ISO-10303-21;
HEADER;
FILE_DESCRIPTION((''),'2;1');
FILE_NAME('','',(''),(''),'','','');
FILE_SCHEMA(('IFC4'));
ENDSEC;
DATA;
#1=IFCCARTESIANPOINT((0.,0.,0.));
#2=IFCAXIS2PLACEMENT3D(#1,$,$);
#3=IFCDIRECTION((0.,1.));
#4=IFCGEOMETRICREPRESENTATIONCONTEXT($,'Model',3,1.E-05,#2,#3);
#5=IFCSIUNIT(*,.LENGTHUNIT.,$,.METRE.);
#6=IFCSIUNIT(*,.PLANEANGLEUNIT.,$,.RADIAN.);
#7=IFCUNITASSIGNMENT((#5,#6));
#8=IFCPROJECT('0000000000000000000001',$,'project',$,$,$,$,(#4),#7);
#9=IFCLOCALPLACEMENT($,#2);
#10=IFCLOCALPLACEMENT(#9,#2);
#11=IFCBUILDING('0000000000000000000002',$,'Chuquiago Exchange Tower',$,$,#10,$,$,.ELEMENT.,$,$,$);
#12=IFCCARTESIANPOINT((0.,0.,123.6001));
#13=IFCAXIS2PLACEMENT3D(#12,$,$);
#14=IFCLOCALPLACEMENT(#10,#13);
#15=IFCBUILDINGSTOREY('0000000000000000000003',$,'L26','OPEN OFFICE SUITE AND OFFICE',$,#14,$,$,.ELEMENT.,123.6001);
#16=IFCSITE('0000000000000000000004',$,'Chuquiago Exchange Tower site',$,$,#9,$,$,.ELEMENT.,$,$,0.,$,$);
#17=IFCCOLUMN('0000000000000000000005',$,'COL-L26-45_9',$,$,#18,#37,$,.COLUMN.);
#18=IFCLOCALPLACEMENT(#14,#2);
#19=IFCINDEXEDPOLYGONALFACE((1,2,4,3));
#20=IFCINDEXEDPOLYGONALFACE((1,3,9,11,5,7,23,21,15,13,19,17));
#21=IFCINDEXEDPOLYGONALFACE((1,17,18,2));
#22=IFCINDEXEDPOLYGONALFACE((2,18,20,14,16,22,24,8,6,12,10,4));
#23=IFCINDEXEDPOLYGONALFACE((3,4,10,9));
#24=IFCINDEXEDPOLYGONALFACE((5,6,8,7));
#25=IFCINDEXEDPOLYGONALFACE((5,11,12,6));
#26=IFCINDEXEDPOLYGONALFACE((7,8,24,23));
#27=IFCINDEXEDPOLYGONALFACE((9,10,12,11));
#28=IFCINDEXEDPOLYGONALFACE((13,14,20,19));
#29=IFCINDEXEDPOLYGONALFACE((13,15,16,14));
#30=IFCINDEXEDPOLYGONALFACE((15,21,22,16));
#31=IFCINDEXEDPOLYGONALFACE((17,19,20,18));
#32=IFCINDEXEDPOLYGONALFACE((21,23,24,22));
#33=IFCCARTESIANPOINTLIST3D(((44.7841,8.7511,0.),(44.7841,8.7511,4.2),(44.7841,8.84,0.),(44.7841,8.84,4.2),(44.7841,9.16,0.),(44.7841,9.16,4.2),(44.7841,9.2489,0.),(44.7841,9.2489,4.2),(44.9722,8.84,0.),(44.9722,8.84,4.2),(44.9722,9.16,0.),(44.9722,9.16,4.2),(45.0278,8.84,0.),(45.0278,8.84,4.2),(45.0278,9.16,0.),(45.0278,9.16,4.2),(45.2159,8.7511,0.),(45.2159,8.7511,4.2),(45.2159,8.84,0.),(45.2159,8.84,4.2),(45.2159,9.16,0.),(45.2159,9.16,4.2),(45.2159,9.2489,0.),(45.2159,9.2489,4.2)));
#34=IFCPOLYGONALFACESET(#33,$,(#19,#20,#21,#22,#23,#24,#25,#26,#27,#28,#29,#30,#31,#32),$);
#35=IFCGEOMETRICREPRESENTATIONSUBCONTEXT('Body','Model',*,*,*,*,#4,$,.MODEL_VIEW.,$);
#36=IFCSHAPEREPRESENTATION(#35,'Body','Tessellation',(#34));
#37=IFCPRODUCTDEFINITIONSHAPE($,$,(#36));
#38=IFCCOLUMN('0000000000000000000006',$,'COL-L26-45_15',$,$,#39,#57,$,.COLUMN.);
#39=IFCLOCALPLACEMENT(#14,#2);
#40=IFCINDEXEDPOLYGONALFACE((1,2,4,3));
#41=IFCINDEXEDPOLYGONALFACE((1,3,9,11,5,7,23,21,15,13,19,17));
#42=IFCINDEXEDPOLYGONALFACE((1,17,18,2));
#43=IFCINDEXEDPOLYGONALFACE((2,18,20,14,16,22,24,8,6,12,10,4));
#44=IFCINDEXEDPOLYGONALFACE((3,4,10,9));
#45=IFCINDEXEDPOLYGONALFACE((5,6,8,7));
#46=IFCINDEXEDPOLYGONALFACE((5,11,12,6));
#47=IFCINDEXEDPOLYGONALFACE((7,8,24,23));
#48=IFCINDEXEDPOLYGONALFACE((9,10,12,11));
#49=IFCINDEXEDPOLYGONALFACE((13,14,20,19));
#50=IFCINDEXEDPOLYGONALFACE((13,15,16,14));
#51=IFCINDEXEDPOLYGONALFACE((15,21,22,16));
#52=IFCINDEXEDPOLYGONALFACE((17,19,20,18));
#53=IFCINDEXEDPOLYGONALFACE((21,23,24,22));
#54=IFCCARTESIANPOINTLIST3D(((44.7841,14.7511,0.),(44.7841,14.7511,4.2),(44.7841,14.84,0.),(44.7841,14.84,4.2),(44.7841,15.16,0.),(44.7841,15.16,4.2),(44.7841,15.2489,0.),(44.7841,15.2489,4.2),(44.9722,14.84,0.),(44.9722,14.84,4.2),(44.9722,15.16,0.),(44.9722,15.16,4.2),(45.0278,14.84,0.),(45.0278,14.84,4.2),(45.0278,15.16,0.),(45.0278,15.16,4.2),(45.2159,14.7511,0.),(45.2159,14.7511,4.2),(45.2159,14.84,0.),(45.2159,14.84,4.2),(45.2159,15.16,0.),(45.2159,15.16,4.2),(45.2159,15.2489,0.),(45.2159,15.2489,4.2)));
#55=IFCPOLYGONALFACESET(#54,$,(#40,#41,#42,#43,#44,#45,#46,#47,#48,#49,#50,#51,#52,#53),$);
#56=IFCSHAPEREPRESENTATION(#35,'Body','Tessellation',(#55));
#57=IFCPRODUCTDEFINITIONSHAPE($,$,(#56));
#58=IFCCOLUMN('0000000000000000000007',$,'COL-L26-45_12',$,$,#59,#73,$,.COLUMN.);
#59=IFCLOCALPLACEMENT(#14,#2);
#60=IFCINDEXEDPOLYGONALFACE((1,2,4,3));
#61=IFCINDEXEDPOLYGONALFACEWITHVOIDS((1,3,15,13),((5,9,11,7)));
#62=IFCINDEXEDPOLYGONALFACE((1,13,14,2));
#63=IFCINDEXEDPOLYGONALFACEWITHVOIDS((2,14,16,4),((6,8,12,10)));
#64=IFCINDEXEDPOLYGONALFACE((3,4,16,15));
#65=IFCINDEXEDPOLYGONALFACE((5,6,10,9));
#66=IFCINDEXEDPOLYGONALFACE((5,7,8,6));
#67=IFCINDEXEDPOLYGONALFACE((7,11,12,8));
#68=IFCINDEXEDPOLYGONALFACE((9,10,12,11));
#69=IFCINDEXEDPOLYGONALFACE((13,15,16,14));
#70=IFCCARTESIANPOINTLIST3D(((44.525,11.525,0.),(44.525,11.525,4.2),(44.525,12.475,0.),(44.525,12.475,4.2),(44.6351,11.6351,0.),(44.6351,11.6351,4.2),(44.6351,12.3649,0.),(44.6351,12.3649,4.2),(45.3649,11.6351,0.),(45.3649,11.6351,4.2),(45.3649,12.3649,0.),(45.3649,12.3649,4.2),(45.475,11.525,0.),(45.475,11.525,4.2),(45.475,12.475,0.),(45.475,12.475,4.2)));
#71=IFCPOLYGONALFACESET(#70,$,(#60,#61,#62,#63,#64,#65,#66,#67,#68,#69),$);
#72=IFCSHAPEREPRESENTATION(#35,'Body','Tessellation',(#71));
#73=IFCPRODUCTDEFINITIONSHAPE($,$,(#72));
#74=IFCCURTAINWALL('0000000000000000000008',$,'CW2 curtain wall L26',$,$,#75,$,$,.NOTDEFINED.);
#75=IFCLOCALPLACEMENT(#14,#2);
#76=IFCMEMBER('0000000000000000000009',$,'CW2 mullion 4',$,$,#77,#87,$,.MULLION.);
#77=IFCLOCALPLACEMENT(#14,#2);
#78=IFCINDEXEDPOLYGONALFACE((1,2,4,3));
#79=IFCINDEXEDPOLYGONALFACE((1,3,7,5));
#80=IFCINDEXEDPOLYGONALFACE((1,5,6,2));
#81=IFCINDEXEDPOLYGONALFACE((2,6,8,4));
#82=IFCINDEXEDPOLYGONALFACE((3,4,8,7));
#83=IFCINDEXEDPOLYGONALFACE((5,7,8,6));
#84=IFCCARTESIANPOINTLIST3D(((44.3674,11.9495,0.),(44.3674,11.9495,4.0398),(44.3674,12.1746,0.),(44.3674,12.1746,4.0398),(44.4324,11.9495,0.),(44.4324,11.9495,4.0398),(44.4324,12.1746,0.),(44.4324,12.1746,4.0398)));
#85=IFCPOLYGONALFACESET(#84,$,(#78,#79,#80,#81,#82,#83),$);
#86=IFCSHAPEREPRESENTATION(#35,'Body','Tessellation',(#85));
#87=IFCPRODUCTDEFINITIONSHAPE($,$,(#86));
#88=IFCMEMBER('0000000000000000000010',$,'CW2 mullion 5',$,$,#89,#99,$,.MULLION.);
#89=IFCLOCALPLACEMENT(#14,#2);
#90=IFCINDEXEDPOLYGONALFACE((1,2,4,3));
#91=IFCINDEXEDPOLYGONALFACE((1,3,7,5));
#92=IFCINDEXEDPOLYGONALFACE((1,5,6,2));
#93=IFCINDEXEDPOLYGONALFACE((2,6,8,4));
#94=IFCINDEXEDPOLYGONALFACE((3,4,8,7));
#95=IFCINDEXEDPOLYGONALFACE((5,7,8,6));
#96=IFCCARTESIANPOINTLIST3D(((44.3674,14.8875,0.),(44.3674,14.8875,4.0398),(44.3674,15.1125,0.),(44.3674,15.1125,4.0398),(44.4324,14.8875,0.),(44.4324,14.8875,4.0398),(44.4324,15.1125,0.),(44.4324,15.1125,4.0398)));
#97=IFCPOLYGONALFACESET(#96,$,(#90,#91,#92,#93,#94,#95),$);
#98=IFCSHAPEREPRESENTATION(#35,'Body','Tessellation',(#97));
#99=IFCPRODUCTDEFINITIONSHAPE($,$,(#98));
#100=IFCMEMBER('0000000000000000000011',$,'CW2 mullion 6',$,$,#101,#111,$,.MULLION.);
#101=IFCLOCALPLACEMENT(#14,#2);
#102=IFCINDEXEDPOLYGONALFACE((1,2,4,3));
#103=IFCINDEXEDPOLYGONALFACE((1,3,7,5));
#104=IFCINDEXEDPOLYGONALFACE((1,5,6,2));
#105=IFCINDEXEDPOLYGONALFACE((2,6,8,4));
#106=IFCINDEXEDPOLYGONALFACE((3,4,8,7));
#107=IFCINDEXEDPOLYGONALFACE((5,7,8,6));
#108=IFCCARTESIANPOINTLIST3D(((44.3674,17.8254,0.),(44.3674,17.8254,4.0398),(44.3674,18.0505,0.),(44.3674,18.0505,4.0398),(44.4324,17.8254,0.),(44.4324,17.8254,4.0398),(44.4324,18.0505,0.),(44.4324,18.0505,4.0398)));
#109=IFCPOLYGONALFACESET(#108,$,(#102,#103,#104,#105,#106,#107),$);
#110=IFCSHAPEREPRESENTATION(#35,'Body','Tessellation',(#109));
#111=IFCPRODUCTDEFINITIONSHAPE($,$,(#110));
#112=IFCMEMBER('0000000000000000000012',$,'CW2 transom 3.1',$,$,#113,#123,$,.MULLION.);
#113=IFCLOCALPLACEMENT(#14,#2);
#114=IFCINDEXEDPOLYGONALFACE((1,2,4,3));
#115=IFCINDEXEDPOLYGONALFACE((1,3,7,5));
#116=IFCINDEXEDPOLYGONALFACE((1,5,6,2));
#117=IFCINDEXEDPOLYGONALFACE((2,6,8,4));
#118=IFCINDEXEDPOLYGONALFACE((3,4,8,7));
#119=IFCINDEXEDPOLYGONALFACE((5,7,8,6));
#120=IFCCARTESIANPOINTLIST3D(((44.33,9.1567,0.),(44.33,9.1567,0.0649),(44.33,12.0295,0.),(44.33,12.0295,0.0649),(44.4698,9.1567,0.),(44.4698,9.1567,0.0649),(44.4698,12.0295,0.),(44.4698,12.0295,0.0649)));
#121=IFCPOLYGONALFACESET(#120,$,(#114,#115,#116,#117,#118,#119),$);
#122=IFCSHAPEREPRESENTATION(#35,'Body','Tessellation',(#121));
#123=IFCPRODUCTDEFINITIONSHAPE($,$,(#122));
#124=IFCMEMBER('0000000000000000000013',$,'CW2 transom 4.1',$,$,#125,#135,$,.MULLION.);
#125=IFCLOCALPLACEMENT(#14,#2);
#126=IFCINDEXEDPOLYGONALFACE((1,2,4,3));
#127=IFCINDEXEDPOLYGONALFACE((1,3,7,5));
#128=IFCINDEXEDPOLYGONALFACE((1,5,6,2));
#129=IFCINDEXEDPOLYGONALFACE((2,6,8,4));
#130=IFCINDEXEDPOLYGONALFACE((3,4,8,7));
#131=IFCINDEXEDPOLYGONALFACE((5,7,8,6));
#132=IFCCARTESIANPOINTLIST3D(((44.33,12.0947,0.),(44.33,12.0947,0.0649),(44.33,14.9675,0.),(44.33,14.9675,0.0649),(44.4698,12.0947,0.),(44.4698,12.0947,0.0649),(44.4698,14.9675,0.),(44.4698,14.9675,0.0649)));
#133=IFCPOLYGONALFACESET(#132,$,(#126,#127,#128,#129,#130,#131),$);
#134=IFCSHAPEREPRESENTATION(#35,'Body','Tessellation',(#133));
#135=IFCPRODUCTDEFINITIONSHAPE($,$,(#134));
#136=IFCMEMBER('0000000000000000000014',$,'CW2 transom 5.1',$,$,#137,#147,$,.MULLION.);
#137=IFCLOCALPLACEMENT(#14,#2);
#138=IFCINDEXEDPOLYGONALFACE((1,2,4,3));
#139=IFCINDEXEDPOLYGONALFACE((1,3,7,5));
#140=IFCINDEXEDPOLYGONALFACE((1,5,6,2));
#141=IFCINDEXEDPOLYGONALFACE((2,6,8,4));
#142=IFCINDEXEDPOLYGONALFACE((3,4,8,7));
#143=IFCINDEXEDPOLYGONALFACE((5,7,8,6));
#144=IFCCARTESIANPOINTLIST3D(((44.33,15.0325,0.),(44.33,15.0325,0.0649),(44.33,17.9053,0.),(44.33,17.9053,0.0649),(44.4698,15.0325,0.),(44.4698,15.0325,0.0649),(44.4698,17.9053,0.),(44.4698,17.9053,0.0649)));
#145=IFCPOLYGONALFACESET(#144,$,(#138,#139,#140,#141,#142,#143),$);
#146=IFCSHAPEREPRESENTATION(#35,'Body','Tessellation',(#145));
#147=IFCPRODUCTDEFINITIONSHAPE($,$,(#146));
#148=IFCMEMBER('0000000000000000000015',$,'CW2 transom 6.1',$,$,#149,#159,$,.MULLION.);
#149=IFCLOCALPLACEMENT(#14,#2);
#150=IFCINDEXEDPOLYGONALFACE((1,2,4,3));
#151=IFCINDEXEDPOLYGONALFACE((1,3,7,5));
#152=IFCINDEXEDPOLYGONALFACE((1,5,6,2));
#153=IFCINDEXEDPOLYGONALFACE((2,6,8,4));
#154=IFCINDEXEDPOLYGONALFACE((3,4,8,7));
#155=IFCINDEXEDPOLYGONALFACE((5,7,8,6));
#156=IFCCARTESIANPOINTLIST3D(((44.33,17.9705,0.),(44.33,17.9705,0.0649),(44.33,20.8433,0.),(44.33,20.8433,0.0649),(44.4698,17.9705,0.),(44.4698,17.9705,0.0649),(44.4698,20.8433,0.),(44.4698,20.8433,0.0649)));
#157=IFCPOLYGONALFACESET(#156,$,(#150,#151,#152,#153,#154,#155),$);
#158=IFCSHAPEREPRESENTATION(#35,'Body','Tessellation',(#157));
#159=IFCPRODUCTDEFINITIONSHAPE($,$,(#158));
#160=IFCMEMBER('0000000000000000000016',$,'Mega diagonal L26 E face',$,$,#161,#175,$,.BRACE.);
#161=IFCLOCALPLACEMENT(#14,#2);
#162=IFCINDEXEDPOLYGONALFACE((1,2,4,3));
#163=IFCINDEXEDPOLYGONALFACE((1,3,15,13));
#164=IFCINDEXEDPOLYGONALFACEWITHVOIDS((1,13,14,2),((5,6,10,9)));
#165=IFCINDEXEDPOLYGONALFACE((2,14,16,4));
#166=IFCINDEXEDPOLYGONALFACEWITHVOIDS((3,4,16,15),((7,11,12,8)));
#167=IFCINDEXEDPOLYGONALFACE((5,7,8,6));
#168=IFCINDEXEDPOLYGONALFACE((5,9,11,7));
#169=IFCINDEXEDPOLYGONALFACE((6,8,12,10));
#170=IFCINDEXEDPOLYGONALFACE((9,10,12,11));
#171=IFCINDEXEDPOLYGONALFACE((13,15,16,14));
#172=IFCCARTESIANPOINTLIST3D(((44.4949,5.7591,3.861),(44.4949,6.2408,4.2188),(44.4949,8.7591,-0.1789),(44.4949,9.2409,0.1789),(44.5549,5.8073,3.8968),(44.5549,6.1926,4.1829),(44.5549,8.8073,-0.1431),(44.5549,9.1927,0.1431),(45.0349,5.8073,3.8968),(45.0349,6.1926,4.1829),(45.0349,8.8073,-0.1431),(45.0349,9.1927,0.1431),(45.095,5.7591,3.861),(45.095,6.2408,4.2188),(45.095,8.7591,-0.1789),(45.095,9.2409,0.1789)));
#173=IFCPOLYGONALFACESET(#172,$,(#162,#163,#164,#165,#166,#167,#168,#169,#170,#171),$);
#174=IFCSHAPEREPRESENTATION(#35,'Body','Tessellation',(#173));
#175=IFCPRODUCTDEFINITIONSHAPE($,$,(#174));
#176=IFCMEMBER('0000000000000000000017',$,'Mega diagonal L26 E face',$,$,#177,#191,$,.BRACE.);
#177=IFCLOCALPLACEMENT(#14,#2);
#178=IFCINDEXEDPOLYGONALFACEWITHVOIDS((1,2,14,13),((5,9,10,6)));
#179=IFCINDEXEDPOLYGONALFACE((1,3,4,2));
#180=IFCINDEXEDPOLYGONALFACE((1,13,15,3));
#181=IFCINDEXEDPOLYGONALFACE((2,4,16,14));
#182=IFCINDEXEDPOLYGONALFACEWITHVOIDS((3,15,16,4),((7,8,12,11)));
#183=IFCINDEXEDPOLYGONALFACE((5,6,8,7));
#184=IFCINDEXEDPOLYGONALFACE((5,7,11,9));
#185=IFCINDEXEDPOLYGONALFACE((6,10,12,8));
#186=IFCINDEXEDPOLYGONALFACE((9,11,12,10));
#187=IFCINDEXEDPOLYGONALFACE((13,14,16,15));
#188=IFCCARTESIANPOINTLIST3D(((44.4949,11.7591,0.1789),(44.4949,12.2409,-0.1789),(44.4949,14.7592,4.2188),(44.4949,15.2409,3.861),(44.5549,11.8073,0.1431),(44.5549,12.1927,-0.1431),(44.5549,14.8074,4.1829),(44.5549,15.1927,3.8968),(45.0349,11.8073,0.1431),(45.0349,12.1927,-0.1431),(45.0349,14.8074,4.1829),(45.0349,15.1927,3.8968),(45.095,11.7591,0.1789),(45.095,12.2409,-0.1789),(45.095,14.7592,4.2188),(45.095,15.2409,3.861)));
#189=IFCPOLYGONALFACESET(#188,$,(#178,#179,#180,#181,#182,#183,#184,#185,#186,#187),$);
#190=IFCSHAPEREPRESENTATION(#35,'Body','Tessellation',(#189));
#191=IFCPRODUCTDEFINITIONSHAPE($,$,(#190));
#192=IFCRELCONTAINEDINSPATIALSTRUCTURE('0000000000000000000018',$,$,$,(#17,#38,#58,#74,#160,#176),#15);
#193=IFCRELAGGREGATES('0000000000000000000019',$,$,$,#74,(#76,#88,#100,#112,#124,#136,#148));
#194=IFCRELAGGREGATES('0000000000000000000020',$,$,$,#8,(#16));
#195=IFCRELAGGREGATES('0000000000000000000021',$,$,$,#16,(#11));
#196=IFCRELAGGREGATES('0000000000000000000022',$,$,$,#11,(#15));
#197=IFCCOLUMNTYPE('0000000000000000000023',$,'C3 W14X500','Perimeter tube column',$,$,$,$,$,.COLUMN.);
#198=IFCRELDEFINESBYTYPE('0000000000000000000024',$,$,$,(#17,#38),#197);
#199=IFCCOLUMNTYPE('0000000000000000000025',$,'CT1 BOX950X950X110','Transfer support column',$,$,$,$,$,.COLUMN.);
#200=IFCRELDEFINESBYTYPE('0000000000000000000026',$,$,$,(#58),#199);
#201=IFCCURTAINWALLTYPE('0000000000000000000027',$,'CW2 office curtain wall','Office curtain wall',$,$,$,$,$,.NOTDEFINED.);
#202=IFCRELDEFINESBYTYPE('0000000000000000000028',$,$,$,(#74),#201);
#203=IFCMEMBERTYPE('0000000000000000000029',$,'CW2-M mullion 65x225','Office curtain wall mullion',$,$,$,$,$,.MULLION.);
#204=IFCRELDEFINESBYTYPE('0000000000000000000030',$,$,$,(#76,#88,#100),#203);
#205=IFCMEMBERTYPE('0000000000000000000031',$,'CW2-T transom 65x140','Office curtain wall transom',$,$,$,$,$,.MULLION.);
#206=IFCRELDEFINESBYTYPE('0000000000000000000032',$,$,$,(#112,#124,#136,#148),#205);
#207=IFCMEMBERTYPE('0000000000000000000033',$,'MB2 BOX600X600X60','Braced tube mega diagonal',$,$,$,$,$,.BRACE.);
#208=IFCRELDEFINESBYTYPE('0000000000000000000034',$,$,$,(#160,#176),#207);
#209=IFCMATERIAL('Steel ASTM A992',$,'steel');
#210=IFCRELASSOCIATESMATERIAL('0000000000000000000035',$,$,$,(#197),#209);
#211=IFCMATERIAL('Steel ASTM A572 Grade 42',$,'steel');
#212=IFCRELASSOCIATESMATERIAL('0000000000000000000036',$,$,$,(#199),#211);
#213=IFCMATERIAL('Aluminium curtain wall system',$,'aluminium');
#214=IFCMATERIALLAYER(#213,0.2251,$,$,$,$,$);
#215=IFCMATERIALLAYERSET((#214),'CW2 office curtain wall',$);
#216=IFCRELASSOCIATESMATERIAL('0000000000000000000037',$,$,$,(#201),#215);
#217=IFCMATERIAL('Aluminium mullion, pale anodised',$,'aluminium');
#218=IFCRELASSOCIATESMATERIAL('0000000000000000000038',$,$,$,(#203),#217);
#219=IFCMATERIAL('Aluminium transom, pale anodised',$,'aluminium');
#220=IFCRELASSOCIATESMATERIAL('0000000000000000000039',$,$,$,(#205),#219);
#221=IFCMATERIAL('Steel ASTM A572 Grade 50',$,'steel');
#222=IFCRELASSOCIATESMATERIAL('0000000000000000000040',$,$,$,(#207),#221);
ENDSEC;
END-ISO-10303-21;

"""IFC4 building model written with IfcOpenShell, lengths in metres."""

from ifc_helpers import new_model, si_unit, direction, frame, origin, origin_2d, place, context, subcontext, project, spatial, rectangle, hollow_rectangle, i_section, extrude, material, layer, layer_set, material_profile, profile_set, type_object, element, aggregate, save


model = new_model("IFC4")

# Units and contexts
model_context = context("Model", 3, precision=1e-05, world=origin(), true_north=direction((0.0, 1.0)))
body_context = subcontext(model_context, "Body", "Model", "MODEL_VIEW")
ifc_project = project(units=[si_unit("LENGTHUNIT", "METRE"), si_unit("PLANEANGLEUNIT", "RADIAN")], contexts=[model_context])

# Site, building, storey
site_placement = place(None, origin())
site = spatial("IfcSite", under=ifc_project, at=site_placement, Name="Chuquiago Exchange Tower site", CompositionType="ELEMENT", RefElevation=0.0)
building_placement = place(site_placement, origin())
building = spatial("IfcBuilding", under=site, at=building_placement, Name="Chuquiago Exchange Tower", CompositionType="ELEMENT")
storey_placement = place(building_placement, frame((0.0, 0.0, 123.6001)))
storey = spatial("IfcBuildingStorey", under=building, at=storey_placement, Name="L26", Description="OPEN OFFICE SUITE AND OFFICE", CompositionType="ELEMENT", Elevation=123.6001)

# Columns
ifc_material_1 = material(Name="Steel ASTM A992", Category="steel")
ifc_material_profile_1 = material_profile(ifc_material_1, i_section(OverallWidth=0.4319, OverallDepth=0.4978, WebThickness=0.0557, FlangeThickness=0.0889, at=origin_2d()), Name="W14X500")
ifc_profile_set_1 = profile_set([ifc_material_profile_1], Name="Steel ASTM A992")
column_type_1 = type_object("IfcColumnType", Name="C3 W14X500", Description="Perimeter tube column", PredefinedType="COLUMN", material=ifc_profile_set_1)
for number, where, z_axis, x_axis, name in (
    (1, (45.0, 9.0, 0.0), (0.0, 0.0, 1.0), (1.0, 0.0, 0.0), "COL-L26-45_9"),
    (2, (45.0, 15.0, 0.0), (0.0, 0.0, 1.0), (1.0, 0.0, 0.0), "COL-L26-45_15"),
):
    element("IfcColumn", number, at=place(storey_placement, frame(where, z_axis=z_axis, x_axis=x_axis)), inside=storey, type_object=column_type_1, Name=name, PredefinedType="COLUMN", context=body_context, shape_type="SweptSolid", body=[
        extrude(i_section(OverallWidth=0.4319, OverallDepth=0.4978, WebThickness=0.0557, FlangeThickness=0.0889, at=origin_2d()), origin(), (0.0, 0.0, 1.0), 4.2),
    ])
ifc_material_2 = material(Name="Steel ASTM A572 Grade 42", Category="steel")
ifc_material_profile_2 = material_profile(ifc_material_2, hollow_rectangle(XDim=0.95, YDim=0.95, WallThickness=0.1101, at=origin_2d()), Name="BOX950X950X110")
ifc_profile_set_2 = profile_set([ifc_material_profile_2], Name="Steel ASTM A572 Grade 42")
column_type_2 = type_object("IfcColumnType", Name="CT1 BOX950X950X110", Description="Transfer support column", PredefinedType="COLUMN", material=ifc_profile_set_2)
column_placement = place(storey_placement, frame((45.0, 12.0, 0.0), z_axis=(0.0, 0.0, 1.0), x_axis=(1.0, 0.0, 0.0)))
element("IfcColumn", 3, at=column_placement, inside=storey, type_object=column_type_2, Name="COL-L26-45_12", PredefinedType="COLUMN", context=body_context, shape_type="SweptSolid", body=[
    extrude(hollow_rectangle(XDim=0.95, YDim=0.95, WallThickness=0.1101, at=origin_2d()), origin(), (0.0, 0.0, 1.0), 4.2),
])

# Curtain wall, members
ifc_material_3 = material(Name="Aluminium curtain wall system", Category="aluminium")
ifc_layer_1 = layer(ifc_material_3, 0.2251)
ifc_layer_set_1 = layer_set([ifc_layer_1], Name="CW2 office curtain wall")
curtain_wall_type = type_object("IfcCurtainWallType", Name="CW2 office curtain wall", Description="Office curtain wall", PredefinedType="NOTDEFINED", material=ifc_layer_set_1)
curtain_wall_placement = place(storey_placement, origin())
curtain_wall = element("IfcCurtainWall", 4, at=curtain_wall_placement, inside=storey, type_object=curtain_wall_type, Name="CW2 curtain wall L26", PredefinedType="NOTDEFINED")
ifc_material_4 = material(Name="Aluminium mullion, pale anodised", Category="aluminium")
ifc_material_profile_3 = material_profile(ifc_material_4, rectangle(XDim=0.0649, YDim=0.2251, at=origin_2d()), Name="AL 65x225")
ifc_profile_set_3 = profile_set([ifc_material_profile_3], Name="Aluminium mullion, pale anodised")
member_type_1 = type_object("IfcMemberType", Name="CW2-M mullion 65x225", Description="Office curtain wall mullion", PredefinedType="MULLION", material=ifc_profile_set_3)
member_1_placement = place(storey_placement, frame((44.3999, 12.062, 0.0), z_axis=(0.0, 0.0, 1.0), x_axis=(-1.0, 0.0, 0.0)))
member_1 = element("IfcMember", 5, at=member_1_placement, type_object=member_type_1, Name="CW2 mullion 4", PredefinedType="MULLION", context=body_context, shape_type="SweptSolid", body=[
    extrude(rectangle(XDim=0.0649, YDim=0.2251, at=origin_2d()), origin(), (0.0, 0.0, 1.0), 4.0398),
])
member_2_placement = place(storey_placement, frame((44.3999, 15.0, 0.0), z_axis=(0.0, 0.0, 1.0), x_axis=(-1.0, 0.0, 0.0)))
member_2 = element("IfcMember", 6, at=member_2_placement, type_object=member_type_1, Name="CW2 mullion 5", PredefinedType="MULLION", context=body_context, shape_type="SweptSolid", body=[
    extrude(rectangle(XDim=0.0649, YDim=0.2251, at=origin_2d()), origin(), (0.0, 0.0, 1.0), 4.0398),
])
member_3_placement = place(storey_placement, frame((44.3999, 17.938, 0.0), z_axis=(0.0, 0.0, 1.0), x_axis=(-1.0, 0.0, 0.0)))
member_3 = element("IfcMember", 7, at=member_3_placement, type_object=member_type_1, Name="CW2 mullion 6", PredefinedType="MULLION", context=body_context, shape_type="SweptSolid", body=[
    extrude(rectangle(XDim=0.0649, YDim=0.2251, at=origin_2d()), origin(), (0.0, 0.0, 1.0), 4.0398),
])
ifc_material_5 = material(Name="Aluminium transom, pale anodised", Category="aluminium")
ifc_material_profile_4 = material_profile(ifc_material_5, rectangle(XDim=0.1399, YDim=0.0649, at=origin_2d()), Name="AL 140x65")
ifc_profile_set_4 = profile_set([ifc_material_profile_4], Name="Aluminium transom, pale anodised")
member_type_2 = type_object("IfcMemberType", Name="CW2-T transom 65x140", Description="Office curtain wall transom", PredefinedType="MULLION", material=ifc_profile_set_4)
member_4_placement = place(storey_placement, frame((44.3999, 9.1567, 0.0325), z_axis=(0.0, 1.0, 0.0), x_axis=(-1.0, 0.0, 0.0)))
member_4 = element("IfcMember", 8, at=member_4_placement, type_object=member_type_2, Name="CW2 transom 3.1", PredefinedType="MULLION", context=body_context, shape_type="SweptSolid", body=[
    extrude(rectangle(XDim=0.1399, YDim=0.0649, at=origin_2d()), origin(), (0.0, 0.0, 1.0), 2.8728),
])
member_5_placement = place(storey_placement, frame((44.3999, 12.0947, 0.0325), z_axis=(0.0, 1.0, 0.0), x_axis=(-1.0, 0.0, 0.0)))
member_5 = element("IfcMember", 9, at=member_5_placement, type_object=member_type_2, Name="CW2 transom 4.1", PredefinedType="MULLION", context=body_context, shape_type="SweptSolid", body=[
    extrude(rectangle(XDim=0.1399, YDim=0.0649, at=origin_2d()), origin(), (0.0, 0.0, 1.0), 2.8728),
])
member_6_placement = place(storey_placement, frame((44.3999, 15.0325, 0.0325), z_axis=(0.0, 1.0, 0.0), x_axis=(-1.0, 0.0, 0.0)))
member_6 = element("IfcMember", 10, at=member_6_placement, type_object=member_type_2, Name="CW2 transom 5.1", PredefinedType="MULLION", context=body_context, shape_type="SweptSolid", body=[
    extrude(rectangle(XDim=0.1399, YDim=0.0649, at=origin_2d()), origin(), (0.0, 0.0, 1.0), 2.8728),
])
member_7_placement = place(storey_placement, frame((44.3999, 17.9705, 0.0325), z_axis=(0.0, 1.0, 0.0), x_axis=(-1.0, 0.0, 0.0)))
member_7 = element("IfcMember", 11, at=member_7_placement, type_object=member_type_2, Name="CW2 transom 6.1", PredefinedType="MULLION", context=body_context, shape_type="SweptSolid", body=[
    extrude(rectangle(XDim=0.1399, YDim=0.0649, at=origin_2d()), origin(), (0.0, 0.0, 1.0), 2.8728),
])

# Members
ifc_material_6 = material(Name="Steel ASTM A572 Grade 50", Category="steel")
ifc_material_profile_5 = material_profile(ifc_material_6, hollow_rectangle(XDim=0.6001, YDim=0.6001, WallThickness=0.0601, at=origin_2d()), Name="BOX600X600X60")
ifc_profile_set_5 = profile_set([ifc_material_profile_5], Name="Steel ASTM A572 Grade 50")
member_type_3 = type_object("IfcMemberType", Name="MB2 BOX600X600X60", Description="Braced tube mega diagonal", PredefinedType="BRACE", material=ifc_profile_set_5)
for number, where, z_axis, x_axis, name in (
    (12, (44.7949, 9.0, 0.0), (0.0, -0.596197, 0.802838), (1.0, 0.0, 0.0), "Mega diagonal L26 E face"),
    (13, (44.7949, 12.0, 0.0), (0.0, 0.596197, 0.802838), (-1.0, 0.0, 0.0), "Mega diagonal L26 E face"),
):
    element("IfcMember", number, at=place(storey_placement, frame(where, z_axis=z_axis, x_axis=x_axis)), inside=storey, type_object=member_type_3, Name=name, PredefinedType="BRACE", context=body_context, shape_type="SweptSolid", body=[
        extrude(hollow_rectangle(XDim=0.6001, YDim=0.6001, WallThickness=0.0601, at=origin_2d()), origin(), (0.0, 0.0, 1.0), 5.032),
    ])

aggregate(curtain_wall, [member_1, member_2, member_3, member_4, member_5, member_6, member_7])

save(model, "model.ifc")
